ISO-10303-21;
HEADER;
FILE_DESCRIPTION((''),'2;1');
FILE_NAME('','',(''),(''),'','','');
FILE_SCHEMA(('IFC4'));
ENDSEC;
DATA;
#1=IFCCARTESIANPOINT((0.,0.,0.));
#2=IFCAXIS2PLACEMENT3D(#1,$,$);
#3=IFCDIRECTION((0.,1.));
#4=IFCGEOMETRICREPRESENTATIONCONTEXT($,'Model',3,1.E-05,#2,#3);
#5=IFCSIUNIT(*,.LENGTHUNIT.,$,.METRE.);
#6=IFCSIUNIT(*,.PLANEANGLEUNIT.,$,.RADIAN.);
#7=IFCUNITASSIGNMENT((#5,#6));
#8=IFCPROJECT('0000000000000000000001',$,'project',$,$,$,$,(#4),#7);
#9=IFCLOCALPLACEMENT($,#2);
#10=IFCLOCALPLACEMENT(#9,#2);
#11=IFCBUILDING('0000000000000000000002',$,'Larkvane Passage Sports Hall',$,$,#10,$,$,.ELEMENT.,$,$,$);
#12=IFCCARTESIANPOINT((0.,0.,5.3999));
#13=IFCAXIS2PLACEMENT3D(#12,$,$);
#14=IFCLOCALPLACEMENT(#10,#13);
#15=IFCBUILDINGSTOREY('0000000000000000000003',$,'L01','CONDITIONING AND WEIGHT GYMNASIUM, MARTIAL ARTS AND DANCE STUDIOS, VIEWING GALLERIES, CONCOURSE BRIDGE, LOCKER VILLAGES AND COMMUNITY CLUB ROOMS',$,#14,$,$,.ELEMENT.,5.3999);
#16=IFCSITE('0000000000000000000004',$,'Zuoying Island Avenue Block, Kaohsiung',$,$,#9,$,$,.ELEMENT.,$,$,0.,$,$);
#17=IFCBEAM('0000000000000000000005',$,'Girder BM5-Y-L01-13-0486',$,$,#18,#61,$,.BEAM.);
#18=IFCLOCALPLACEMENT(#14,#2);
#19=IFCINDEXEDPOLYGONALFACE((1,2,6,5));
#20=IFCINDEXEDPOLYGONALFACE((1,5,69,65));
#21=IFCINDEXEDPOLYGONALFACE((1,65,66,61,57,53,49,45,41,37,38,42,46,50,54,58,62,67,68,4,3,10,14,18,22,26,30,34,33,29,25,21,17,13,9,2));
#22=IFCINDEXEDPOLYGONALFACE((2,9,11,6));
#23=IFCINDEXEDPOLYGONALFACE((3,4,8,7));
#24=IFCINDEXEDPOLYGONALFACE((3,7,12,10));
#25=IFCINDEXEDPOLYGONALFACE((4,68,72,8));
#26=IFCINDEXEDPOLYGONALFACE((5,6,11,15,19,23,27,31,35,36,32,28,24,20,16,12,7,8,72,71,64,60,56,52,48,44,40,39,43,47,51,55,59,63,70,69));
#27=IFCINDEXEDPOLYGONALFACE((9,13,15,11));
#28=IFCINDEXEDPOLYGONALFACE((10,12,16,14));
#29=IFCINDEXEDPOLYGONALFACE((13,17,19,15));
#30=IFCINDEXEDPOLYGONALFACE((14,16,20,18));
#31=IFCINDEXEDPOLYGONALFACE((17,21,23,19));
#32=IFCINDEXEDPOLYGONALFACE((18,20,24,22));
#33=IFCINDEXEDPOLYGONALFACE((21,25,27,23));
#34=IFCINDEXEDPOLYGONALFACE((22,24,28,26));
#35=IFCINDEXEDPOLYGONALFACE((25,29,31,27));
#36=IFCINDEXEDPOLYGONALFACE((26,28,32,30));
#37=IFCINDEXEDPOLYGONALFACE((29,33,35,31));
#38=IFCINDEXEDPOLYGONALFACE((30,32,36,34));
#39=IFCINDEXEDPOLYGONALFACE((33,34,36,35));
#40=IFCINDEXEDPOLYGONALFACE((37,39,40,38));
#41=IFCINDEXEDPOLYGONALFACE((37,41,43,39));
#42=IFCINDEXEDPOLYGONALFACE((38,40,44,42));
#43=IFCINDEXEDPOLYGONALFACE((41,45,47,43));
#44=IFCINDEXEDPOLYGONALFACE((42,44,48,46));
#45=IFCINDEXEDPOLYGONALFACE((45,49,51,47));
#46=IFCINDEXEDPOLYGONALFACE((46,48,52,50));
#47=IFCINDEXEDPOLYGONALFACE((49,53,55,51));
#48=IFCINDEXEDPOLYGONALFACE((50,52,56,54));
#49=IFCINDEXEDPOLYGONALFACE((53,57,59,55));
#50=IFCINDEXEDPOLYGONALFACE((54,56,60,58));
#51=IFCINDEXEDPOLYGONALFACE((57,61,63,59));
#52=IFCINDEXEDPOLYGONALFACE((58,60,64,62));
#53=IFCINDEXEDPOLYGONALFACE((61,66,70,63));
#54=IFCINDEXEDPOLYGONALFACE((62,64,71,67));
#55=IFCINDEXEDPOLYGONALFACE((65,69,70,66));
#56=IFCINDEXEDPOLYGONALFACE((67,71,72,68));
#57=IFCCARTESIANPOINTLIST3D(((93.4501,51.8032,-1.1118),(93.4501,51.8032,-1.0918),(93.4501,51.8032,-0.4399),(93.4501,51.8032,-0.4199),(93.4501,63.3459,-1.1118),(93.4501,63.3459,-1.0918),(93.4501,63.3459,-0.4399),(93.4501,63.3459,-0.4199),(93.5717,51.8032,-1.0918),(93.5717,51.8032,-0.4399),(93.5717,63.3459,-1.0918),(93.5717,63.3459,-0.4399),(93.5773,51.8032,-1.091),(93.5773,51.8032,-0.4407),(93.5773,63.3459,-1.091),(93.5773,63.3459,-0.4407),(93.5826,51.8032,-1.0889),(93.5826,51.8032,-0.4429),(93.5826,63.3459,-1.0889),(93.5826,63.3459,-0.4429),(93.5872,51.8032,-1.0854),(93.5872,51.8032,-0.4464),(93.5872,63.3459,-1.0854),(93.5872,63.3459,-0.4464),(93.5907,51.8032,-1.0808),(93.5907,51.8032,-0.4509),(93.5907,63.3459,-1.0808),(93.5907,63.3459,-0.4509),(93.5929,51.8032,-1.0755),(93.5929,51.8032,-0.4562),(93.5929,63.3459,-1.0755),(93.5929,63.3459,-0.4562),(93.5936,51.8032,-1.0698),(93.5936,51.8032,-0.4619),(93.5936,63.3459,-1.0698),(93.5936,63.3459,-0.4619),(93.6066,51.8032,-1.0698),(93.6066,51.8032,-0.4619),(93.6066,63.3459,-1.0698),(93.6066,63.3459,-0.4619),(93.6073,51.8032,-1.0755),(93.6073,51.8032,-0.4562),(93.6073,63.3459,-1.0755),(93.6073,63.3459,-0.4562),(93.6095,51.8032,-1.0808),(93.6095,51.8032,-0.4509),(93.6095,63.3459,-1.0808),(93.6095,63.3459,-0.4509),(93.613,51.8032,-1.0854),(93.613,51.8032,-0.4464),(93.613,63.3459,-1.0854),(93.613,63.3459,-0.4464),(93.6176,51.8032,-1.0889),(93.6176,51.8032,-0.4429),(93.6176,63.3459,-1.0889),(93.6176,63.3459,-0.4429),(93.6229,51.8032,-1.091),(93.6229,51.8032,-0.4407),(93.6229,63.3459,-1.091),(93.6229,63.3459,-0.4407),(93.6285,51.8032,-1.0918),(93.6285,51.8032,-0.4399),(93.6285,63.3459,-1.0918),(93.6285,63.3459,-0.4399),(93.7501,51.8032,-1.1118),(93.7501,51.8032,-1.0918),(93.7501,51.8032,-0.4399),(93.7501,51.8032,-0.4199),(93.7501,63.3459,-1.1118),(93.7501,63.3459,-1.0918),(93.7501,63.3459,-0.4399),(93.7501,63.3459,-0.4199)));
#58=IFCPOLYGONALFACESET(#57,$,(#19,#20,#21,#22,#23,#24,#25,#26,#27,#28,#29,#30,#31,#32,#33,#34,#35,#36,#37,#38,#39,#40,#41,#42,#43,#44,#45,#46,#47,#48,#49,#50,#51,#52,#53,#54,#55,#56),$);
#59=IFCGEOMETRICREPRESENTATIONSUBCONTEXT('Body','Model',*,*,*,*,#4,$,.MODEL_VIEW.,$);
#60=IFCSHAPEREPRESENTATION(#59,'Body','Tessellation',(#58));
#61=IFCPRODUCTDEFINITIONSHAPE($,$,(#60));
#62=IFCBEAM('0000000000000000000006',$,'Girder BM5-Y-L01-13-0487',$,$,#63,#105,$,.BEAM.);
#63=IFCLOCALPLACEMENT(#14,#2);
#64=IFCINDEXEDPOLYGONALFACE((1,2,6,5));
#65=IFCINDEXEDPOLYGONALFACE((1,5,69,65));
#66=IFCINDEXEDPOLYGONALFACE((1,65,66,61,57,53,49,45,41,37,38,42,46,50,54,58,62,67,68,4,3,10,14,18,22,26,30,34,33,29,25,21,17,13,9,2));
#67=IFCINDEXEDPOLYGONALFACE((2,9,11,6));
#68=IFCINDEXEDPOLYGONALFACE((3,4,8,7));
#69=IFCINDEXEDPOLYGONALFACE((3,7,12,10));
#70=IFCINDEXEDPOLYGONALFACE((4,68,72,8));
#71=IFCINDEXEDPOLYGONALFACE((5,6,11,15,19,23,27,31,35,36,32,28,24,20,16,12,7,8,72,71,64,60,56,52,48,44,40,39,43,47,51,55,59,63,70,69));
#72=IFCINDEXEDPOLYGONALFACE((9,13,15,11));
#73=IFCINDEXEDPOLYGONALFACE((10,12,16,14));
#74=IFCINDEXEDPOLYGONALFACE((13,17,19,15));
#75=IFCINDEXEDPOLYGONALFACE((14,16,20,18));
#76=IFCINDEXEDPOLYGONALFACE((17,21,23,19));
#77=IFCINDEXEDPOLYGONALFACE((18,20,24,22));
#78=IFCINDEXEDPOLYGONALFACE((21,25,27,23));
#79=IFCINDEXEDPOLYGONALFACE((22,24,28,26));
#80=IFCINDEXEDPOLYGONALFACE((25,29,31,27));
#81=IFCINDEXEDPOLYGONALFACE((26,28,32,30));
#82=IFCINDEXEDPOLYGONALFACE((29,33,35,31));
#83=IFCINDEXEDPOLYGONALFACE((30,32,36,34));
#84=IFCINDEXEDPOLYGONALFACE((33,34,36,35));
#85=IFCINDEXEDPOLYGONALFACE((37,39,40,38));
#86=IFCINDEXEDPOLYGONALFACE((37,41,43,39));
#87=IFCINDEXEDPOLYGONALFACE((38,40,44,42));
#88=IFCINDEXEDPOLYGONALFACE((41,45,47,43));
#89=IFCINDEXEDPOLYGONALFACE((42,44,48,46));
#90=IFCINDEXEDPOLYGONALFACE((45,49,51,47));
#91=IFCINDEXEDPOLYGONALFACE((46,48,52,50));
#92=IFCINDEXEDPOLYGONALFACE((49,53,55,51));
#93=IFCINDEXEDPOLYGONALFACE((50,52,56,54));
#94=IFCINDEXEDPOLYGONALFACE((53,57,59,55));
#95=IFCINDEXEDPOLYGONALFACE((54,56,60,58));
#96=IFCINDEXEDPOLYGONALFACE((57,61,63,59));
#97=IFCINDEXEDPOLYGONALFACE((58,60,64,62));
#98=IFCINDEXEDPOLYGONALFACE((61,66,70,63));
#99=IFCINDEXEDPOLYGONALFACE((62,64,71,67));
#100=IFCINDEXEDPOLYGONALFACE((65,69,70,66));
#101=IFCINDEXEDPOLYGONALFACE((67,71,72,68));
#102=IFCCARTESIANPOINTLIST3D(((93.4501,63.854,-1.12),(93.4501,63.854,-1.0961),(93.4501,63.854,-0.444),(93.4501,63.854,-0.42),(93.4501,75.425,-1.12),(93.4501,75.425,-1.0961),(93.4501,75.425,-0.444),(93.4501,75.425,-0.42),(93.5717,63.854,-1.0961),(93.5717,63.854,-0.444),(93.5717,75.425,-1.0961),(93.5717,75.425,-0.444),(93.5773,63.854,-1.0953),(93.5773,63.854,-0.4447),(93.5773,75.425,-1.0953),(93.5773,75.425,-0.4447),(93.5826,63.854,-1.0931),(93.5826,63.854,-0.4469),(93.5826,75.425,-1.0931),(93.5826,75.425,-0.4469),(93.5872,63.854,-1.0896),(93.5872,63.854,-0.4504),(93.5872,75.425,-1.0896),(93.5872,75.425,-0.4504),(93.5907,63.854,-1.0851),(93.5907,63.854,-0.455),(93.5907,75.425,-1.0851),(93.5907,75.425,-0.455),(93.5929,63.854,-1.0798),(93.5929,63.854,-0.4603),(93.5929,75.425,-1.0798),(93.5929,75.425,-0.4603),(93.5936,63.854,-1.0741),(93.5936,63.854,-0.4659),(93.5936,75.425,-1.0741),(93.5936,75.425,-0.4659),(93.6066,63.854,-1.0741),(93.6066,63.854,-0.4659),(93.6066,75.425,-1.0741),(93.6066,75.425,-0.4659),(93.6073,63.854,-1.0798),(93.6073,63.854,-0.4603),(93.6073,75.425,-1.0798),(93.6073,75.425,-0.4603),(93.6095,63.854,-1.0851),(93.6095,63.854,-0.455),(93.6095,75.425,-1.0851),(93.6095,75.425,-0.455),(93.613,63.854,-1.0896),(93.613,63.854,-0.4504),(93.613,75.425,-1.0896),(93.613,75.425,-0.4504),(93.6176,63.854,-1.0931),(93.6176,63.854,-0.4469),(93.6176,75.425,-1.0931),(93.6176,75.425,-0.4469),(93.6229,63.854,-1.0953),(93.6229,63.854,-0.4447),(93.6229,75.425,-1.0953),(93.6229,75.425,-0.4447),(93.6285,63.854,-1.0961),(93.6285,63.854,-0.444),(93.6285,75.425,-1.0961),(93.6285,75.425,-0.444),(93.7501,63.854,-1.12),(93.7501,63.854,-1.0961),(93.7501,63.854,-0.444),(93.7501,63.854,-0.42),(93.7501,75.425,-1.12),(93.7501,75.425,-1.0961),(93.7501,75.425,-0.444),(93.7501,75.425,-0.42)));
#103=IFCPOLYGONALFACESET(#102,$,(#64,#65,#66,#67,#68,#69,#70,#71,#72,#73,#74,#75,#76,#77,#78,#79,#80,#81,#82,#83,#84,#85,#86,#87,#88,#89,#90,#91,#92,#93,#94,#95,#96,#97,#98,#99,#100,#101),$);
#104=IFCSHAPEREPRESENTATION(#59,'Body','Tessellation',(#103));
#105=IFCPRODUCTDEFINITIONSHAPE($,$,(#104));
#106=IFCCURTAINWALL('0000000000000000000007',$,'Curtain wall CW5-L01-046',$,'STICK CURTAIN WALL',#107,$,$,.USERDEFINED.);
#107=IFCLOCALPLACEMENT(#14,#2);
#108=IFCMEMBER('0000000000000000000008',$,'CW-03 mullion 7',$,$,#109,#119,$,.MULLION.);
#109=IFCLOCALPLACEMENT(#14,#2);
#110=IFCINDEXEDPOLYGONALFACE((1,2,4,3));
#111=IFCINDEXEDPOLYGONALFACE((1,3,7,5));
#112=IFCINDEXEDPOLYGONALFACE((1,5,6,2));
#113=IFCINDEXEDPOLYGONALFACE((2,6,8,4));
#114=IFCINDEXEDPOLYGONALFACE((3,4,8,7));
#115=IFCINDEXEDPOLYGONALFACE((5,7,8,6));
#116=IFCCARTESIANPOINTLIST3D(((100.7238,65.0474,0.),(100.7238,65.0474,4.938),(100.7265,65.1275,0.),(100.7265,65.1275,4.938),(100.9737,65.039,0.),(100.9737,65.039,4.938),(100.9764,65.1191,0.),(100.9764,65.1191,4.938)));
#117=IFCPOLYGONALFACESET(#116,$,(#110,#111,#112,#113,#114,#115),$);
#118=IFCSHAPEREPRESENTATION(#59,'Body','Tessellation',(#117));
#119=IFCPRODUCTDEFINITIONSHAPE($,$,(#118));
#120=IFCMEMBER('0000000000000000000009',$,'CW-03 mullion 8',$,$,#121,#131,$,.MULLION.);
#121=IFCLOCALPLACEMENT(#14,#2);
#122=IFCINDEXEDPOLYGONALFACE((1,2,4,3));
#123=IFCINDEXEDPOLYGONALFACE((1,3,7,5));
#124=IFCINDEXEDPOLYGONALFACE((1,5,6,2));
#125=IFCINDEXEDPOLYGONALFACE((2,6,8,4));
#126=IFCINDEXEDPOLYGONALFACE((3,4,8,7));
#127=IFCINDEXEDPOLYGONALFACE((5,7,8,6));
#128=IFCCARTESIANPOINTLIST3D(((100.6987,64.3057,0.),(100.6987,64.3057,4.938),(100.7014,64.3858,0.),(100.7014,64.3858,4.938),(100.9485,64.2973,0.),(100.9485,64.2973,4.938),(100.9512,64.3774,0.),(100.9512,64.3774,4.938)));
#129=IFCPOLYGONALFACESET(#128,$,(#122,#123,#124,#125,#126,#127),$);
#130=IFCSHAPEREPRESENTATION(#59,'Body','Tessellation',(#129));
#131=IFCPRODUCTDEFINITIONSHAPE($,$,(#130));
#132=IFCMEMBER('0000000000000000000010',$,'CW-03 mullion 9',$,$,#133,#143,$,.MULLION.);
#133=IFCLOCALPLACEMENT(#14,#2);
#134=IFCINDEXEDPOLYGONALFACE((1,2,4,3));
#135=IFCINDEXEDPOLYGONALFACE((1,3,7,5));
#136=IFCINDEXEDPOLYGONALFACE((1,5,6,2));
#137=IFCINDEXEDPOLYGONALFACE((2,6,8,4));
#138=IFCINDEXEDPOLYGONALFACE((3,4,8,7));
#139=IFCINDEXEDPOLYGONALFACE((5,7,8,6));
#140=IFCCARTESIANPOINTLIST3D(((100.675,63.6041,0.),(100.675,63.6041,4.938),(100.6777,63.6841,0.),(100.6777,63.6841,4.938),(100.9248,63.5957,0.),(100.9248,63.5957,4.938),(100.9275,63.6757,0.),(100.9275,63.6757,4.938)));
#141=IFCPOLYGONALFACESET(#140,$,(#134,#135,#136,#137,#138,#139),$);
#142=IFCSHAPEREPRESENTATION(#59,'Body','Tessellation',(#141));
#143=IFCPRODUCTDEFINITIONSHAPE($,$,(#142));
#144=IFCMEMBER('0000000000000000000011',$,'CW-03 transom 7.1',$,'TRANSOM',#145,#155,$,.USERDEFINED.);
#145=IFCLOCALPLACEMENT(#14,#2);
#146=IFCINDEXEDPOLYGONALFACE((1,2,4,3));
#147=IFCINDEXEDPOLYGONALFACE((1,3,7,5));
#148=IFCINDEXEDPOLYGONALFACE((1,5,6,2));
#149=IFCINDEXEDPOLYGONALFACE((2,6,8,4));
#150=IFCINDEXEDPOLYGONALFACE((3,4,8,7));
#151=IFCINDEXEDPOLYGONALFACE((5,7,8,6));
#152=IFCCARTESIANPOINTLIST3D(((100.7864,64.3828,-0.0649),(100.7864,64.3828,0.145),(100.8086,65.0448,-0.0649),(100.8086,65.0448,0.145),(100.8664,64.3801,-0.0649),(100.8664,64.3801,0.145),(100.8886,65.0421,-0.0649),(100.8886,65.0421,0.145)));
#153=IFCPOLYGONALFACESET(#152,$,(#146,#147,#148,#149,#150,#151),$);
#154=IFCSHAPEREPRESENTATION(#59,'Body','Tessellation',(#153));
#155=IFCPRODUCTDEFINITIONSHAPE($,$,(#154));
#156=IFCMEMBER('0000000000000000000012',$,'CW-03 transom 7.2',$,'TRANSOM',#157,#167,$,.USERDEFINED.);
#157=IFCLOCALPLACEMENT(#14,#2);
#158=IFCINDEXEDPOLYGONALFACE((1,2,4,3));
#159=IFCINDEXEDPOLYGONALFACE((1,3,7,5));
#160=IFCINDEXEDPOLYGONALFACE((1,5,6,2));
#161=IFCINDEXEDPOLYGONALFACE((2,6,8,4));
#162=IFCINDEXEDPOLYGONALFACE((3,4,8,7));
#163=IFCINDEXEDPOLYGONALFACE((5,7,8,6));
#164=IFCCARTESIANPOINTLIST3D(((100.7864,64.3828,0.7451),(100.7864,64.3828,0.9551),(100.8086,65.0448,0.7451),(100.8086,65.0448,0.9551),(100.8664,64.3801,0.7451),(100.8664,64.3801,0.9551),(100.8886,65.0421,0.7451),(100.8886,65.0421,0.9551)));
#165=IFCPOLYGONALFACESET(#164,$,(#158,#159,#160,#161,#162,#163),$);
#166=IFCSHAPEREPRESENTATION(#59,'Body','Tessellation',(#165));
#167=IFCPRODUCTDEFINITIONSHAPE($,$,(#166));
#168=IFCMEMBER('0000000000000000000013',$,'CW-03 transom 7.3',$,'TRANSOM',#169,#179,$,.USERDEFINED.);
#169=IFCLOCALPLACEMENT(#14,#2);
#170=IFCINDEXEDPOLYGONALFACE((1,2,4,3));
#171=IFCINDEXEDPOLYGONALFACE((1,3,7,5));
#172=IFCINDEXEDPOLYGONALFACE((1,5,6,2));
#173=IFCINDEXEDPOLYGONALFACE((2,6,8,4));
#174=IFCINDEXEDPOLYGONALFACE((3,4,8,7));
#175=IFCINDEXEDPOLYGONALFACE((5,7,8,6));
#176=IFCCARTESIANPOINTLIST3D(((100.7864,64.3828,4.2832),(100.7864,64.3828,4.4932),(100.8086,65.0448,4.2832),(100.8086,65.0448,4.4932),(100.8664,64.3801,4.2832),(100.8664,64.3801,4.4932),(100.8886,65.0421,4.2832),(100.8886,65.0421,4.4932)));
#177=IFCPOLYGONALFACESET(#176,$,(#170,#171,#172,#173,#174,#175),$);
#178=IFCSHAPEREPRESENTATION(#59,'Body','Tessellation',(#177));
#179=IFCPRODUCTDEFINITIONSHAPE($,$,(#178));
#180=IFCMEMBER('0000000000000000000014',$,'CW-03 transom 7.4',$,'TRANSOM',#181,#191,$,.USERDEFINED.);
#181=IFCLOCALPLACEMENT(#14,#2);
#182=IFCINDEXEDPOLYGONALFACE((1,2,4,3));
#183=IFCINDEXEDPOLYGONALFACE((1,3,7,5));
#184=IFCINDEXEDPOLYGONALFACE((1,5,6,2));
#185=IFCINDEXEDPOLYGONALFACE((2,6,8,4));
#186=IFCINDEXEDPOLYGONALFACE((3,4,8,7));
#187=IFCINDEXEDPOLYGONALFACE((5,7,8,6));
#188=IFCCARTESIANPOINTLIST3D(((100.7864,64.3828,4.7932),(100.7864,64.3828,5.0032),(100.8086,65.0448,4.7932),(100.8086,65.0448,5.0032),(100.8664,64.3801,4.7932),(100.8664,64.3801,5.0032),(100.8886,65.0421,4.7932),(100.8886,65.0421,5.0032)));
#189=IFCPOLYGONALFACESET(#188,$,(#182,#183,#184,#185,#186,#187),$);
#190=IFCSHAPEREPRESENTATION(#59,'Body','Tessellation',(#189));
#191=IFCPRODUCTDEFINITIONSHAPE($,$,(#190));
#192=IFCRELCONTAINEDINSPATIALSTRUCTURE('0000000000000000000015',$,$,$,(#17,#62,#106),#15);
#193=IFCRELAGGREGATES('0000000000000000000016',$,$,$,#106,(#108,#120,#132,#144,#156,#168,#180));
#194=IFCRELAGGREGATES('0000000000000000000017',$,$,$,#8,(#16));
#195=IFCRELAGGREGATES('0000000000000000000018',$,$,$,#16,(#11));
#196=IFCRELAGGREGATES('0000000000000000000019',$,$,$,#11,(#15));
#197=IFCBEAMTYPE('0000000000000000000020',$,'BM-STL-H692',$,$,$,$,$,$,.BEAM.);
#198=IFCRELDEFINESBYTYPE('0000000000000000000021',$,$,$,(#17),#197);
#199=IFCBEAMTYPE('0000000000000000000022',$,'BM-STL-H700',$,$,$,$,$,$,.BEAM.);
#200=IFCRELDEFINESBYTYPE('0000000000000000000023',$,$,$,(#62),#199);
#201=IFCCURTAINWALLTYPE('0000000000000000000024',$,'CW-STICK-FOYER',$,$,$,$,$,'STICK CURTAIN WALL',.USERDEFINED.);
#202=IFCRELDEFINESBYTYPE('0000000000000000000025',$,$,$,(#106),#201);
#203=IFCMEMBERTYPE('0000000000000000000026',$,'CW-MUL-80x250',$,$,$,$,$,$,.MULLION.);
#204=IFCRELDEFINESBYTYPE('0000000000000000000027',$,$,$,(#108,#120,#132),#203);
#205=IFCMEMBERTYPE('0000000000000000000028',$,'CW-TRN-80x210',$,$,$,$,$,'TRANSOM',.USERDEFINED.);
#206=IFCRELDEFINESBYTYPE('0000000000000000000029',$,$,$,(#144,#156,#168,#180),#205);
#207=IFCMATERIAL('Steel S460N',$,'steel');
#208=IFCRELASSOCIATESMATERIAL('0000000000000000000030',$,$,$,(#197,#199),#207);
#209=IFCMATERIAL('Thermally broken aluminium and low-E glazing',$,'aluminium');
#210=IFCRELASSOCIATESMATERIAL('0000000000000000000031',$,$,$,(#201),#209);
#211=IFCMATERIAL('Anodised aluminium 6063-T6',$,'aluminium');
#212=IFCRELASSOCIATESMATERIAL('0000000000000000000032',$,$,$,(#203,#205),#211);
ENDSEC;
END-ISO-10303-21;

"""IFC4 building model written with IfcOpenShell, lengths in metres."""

from ifc_helpers import new_model, si_unit, direction, frame, origin, origin_2d, place, context, subcontext, project, spatial, rectangle, i_section, extrude, material, material_profile, profile_set, type_object, element, aggregate, save


model = new_model("IFC4")

# Units and contexts
model_context = context("Model", 3, precision=1e-05, world=origin(), true_north=direction((0.0, 1.0)))
body_context = subcontext(model_context, "Body", "Model", "MODEL_VIEW")
ifc_project = project(units=[si_unit("LENGTHUNIT", "METRE"), si_unit("PLANEANGLEUNIT", "RADIAN")], contexts=[model_context])

# Site, building, storey
site_placement = place(None, origin())
site = spatial("IfcSite", under=ifc_project, at=site_placement, Name="Zuoying Island Avenue Block, Kaohsiung", CompositionType="ELEMENT", RefElevation=0.0)
building_placement = place(site_placement, origin())
building = spatial("IfcBuilding", under=site, at=building_placement, Name="Larkvane Passage Sports Hall", CompositionType="ELEMENT")
storey_placement = place(building_placement, frame((0.0, 0.0, 5.3999)))
storey = spatial("IfcBuildingStorey", under=building, at=storey_placement, Name="L01", Description="CONDITIONING AND WEIGHT GYMNASIUM, MARTIAL ARTS AND DANCE STUDIOS, VIEWING GALLERIES, CONCOURSE BRIDGE, LOCKER VILLAGES AND COMMUNITY CLUB ROOMS", CompositionType="ELEMENT", Elevation=5.3999)

# Shared definitions
ifc_material_1 = material(Name="Steel S460N", Category="steel")

# Beams
ifc_material_profile_1 = material_profile(ifc_material_1, i_section(OverallWidth=0.3, OverallDepth=0.6919, WebThickness=0.0129, FlangeThickness=0.02, FilletRadius=0.022, at=origin_2d()), Name="H-692x300x13x20")
ifc_profile_set_1 = profile_set([ifc_material_profile_1], Name="Steel S460N")
beam_type_1 = type_object("IfcBeamType", Name="BM-STL-H692", PredefinedType="BEAM", material=ifc_profile_set_1)
beam_1_placement = place(storey_placement, frame((93.6001, 51.8032, -0.7659), z_axis=(0.0, 1.0, 0.0), x_axis=(-1.0, 0.0, 0.0)))
element("IfcBeam", 1, at=beam_1_placement, inside=storey, type_object=beam_type_1, Name="Girder BM5-Y-L01-13-0486", PredefinedType="BEAM", context=body_context, shape_type="SweptSolid", body=[
    extrude(i_section(OverallWidth=0.3, OverallDepth=0.6919, WebThickness=0.0129, FlangeThickness=0.02, FilletRadius=0.022, at=origin_2d()), origin(), (0.0, 0.0, 1.0), 11.5427),
])
ifc_material_profile_2 = material_profile(ifc_material_1, i_section(OverallWidth=0.3, OverallDepth=0.7, WebThickness=0.0129, FlangeThickness=0.0239, FilletRadius=0.022, at=origin_2d()), Name="H-700x300x13x24")
ifc_profile_set_2 = profile_set([ifc_material_profile_2], Name="Steel S460N")
beam_type_2 = type_object("IfcBeamType", Name="BM-STL-H700", PredefinedType="BEAM", material=ifc_profile_set_2)
beam_2_placement = place(storey_placement, frame((93.6001, 63.854, -0.77), z_axis=(0.0, 1.0, 0.0), x_axis=(-1.0, 0.0, 0.0)))
element("IfcBeam", 2, at=beam_2_placement, inside=storey, type_object=beam_type_2, Name="Girder BM5-Y-L01-13-0487", PredefinedType="BEAM", context=body_context, shape_type="SweptSolid", body=[
    extrude(i_section(OverallWidth=0.3, OverallDepth=0.7, WebThickness=0.0129, FlangeThickness=0.0239, FilletRadius=0.022, at=origin_2d()), origin(), (0.0, 0.0, 1.0), 11.571),
])

# Curtain wall, members
ifc_material_2 = material(Name="Thermally broken aluminium and low-E glazing", Category="aluminium")
curtain_wall_type = type_object("IfcCurtainWallType", Name="CW-STICK-FOYER", ElementType="STICK CURTAIN WALL", PredefinedType="USERDEFINED", material=ifc_material_2)
curtain_wall_placement = place(storey_placement, origin())
curtain_wall = element("IfcCurtainWall", 3, at=curtain_wall_placement, inside=storey, type_object=curtain_wall_type, Name="Curtain wall CW5-L01-046", ObjectType="STICK CURTAIN WALL", PredefinedType="USERDEFINED")
ifc_material_3 = material(Name="Anodised aluminium 6063-T6", Category="aluminium")
ifc_material_profile_3 = material_profile(ifc_material_3, rectangle(XDim=0.0801, YDim=0.25, at=origin_2d()), Name="ALU-MUL-80x250")
ifc_profile_set_3 = profile_set([ifc_material_profile_3], Name="Anodised aluminium 6063-T6")
member_type_1 = type_object("IfcMemberType", Name="CW-MUL-80x250", PredefinedType="MULLION", material=ifc_profile_set_3)
member_1_placement = place(storey_placement, frame((100.8501, 65.0833, 0.0), z_axis=(0.0, 0.0, 1.0), x_axis=(-0.033689, -0.999432, 0.0)))
member_1 = element("IfcMember", 4, at=member_1_placement, type_object=member_type_1, Name="CW-03 mullion 7", PredefinedType="MULLION", context=body_context, shape_type="SweptSolid", body=[
    extrude(rectangle(XDim=0.0801, YDim=0.25, at=origin_2d()), origin(), (0.0, 0.0, 1.0), 4.938),
])
member_2_placement = place(storey_placement, frame((100.825, 64.3416, 0.0), z_axis=(0.0, 0.0, 1.0), x_axis=(-0.033689, -0.999432, 0.0)))
member_2 = element("IfcMember", 5, at=member_2_placement, type_object=member_type_1, Name="CW-03 mullion 8", PredefinedType="MULLION", context=body_context, shape_type="SweptSolid", body=[
    extrude(rectangle(XDim=0.0801, YDim=0.25, at=origin_2d()), origin(), (0.0, 0.0, 1.0), 4.938),
])
member_3_placement = place(storey_placement, frame((100.8013, 63.6399, 0.0), z_axis=(0.0, 0.0, 1.0), x_axis=(-0.033689, -0.999432, 0.0)))
member_3 = element("IfcMember", 6, at=member_3_placement, type_object=member_type_1, Name="CW-03 mullion 9", PredefinedType="MULLION", context=body_context, shape_type="SweptSolid", body=[
    extrude(rectangle(XDim=0.0801, YDim=0.25, at=origin_2d()), origin(), (0.0, 0.0, 1.0), 4.938),
])
ifc_material_profile_4 = material_profile(ifc_material_3, rectangle(XDim=0.0801, YDim=0.21, at=origin_2d()), Name="ALU-TRN-80x210")
ifc_profile_set_4 = profile_set([ifc_material_profile_4], Name="Anodised aluminium 6063-T6")
member_type_2 = type_object("IfcMemberType", Name="CW-TRN-80x210", ElementType="TRANSOM", PredefinedType="USERDEFINED", material=ifc_profile_set_4)
member_4_placement = place(storey_placement, frame((100.8486, 65.0435, 0.04), z_axis=(-0.033548, -0.999437, 0.0), x_axis=(0.999437, -0.033548, 0.0)))
member_4 = element("IfcMember", 7, at=member_4_placement, type_object=member_type_2, Name="CW-03 transom 7.1", ObjectType="TRANSOM", PredefinedType="USERDEFINED", context=body_context, shape_type="SweptSolid", body=[
    extrude(rectangle(XDim=0.0801, YDim=0.21, at=origin_2d()), origin(), (0.0, 0.0, 1.0), 0.6624),
])
member_5_placement = place(storey_placement, frame((100.8486, 65.0435, 0.8501), z_axis=(-0.033548, -0.999437, 0.0), x_axis=(0.999437, -0.033548, 0.0)))
member_5 = element("IfcMember", 8, at=member_5_placement, type_object=member_type_2, Name="CW-03 transom 7.2", ObjectType="TRANSOM", PredefinedType="USERDEFINED", context=body_context, shape_type="SweptSolid", body=[
    extrude(rectangle(XDim=0.0801, YDim=0.21, at=origin_2d()), origin(), (0.0, 0.0, 1.0), 0.6624),
])
member_6_placement = place(storey_placement, frame((100.8486, 65.0435, 4.3882), z_axis=(-0.033548, -0.999437, 0.0), x_axis=(0.999437, -0.033548, 0.0)))
member_6 = element("IfcMember", 9, at=member_6_placement, type_object=member_type_2, Name="CW-03 transom 7.3", ObjectType="TRANSOM", PredefinedType="USERDEFINED", context=body_context, shape_type="SweptSolid", body=[
    extrude(rectangle(XDim=0.0801, YDim=0.21, at=origin_2d()), origin(), (0.0, 0.0, 1.0), 0.6624),
])
member_7_placement = place(storey_placement, frame((100.8486, 65.0435, 4.8982), z_axis=(-0.033548, -0.999437, 0.0), x_axis=(0.999437, -0.033548, 0.0)))
member_7 = element("IfcMember", 10, at=member_7_placement, type_object=member_type_2, Name="CW-03 transom 7.4", ObjectType="TRANSOM", PredefinedType="USERDEFINED", context=body_context, shape_type="SweptSolid", body=[
    extrude(rectangle(XDim=0.0801, YDim=0.21, at=origin_2d()), origin(), (0.0, 0.0, 1.0), 0.6624),
])

aggregate(curtain_wall, [member_1, member_2, member_3, member_4, member_5, member_6, member_7])

save(model, "model.ifc")
